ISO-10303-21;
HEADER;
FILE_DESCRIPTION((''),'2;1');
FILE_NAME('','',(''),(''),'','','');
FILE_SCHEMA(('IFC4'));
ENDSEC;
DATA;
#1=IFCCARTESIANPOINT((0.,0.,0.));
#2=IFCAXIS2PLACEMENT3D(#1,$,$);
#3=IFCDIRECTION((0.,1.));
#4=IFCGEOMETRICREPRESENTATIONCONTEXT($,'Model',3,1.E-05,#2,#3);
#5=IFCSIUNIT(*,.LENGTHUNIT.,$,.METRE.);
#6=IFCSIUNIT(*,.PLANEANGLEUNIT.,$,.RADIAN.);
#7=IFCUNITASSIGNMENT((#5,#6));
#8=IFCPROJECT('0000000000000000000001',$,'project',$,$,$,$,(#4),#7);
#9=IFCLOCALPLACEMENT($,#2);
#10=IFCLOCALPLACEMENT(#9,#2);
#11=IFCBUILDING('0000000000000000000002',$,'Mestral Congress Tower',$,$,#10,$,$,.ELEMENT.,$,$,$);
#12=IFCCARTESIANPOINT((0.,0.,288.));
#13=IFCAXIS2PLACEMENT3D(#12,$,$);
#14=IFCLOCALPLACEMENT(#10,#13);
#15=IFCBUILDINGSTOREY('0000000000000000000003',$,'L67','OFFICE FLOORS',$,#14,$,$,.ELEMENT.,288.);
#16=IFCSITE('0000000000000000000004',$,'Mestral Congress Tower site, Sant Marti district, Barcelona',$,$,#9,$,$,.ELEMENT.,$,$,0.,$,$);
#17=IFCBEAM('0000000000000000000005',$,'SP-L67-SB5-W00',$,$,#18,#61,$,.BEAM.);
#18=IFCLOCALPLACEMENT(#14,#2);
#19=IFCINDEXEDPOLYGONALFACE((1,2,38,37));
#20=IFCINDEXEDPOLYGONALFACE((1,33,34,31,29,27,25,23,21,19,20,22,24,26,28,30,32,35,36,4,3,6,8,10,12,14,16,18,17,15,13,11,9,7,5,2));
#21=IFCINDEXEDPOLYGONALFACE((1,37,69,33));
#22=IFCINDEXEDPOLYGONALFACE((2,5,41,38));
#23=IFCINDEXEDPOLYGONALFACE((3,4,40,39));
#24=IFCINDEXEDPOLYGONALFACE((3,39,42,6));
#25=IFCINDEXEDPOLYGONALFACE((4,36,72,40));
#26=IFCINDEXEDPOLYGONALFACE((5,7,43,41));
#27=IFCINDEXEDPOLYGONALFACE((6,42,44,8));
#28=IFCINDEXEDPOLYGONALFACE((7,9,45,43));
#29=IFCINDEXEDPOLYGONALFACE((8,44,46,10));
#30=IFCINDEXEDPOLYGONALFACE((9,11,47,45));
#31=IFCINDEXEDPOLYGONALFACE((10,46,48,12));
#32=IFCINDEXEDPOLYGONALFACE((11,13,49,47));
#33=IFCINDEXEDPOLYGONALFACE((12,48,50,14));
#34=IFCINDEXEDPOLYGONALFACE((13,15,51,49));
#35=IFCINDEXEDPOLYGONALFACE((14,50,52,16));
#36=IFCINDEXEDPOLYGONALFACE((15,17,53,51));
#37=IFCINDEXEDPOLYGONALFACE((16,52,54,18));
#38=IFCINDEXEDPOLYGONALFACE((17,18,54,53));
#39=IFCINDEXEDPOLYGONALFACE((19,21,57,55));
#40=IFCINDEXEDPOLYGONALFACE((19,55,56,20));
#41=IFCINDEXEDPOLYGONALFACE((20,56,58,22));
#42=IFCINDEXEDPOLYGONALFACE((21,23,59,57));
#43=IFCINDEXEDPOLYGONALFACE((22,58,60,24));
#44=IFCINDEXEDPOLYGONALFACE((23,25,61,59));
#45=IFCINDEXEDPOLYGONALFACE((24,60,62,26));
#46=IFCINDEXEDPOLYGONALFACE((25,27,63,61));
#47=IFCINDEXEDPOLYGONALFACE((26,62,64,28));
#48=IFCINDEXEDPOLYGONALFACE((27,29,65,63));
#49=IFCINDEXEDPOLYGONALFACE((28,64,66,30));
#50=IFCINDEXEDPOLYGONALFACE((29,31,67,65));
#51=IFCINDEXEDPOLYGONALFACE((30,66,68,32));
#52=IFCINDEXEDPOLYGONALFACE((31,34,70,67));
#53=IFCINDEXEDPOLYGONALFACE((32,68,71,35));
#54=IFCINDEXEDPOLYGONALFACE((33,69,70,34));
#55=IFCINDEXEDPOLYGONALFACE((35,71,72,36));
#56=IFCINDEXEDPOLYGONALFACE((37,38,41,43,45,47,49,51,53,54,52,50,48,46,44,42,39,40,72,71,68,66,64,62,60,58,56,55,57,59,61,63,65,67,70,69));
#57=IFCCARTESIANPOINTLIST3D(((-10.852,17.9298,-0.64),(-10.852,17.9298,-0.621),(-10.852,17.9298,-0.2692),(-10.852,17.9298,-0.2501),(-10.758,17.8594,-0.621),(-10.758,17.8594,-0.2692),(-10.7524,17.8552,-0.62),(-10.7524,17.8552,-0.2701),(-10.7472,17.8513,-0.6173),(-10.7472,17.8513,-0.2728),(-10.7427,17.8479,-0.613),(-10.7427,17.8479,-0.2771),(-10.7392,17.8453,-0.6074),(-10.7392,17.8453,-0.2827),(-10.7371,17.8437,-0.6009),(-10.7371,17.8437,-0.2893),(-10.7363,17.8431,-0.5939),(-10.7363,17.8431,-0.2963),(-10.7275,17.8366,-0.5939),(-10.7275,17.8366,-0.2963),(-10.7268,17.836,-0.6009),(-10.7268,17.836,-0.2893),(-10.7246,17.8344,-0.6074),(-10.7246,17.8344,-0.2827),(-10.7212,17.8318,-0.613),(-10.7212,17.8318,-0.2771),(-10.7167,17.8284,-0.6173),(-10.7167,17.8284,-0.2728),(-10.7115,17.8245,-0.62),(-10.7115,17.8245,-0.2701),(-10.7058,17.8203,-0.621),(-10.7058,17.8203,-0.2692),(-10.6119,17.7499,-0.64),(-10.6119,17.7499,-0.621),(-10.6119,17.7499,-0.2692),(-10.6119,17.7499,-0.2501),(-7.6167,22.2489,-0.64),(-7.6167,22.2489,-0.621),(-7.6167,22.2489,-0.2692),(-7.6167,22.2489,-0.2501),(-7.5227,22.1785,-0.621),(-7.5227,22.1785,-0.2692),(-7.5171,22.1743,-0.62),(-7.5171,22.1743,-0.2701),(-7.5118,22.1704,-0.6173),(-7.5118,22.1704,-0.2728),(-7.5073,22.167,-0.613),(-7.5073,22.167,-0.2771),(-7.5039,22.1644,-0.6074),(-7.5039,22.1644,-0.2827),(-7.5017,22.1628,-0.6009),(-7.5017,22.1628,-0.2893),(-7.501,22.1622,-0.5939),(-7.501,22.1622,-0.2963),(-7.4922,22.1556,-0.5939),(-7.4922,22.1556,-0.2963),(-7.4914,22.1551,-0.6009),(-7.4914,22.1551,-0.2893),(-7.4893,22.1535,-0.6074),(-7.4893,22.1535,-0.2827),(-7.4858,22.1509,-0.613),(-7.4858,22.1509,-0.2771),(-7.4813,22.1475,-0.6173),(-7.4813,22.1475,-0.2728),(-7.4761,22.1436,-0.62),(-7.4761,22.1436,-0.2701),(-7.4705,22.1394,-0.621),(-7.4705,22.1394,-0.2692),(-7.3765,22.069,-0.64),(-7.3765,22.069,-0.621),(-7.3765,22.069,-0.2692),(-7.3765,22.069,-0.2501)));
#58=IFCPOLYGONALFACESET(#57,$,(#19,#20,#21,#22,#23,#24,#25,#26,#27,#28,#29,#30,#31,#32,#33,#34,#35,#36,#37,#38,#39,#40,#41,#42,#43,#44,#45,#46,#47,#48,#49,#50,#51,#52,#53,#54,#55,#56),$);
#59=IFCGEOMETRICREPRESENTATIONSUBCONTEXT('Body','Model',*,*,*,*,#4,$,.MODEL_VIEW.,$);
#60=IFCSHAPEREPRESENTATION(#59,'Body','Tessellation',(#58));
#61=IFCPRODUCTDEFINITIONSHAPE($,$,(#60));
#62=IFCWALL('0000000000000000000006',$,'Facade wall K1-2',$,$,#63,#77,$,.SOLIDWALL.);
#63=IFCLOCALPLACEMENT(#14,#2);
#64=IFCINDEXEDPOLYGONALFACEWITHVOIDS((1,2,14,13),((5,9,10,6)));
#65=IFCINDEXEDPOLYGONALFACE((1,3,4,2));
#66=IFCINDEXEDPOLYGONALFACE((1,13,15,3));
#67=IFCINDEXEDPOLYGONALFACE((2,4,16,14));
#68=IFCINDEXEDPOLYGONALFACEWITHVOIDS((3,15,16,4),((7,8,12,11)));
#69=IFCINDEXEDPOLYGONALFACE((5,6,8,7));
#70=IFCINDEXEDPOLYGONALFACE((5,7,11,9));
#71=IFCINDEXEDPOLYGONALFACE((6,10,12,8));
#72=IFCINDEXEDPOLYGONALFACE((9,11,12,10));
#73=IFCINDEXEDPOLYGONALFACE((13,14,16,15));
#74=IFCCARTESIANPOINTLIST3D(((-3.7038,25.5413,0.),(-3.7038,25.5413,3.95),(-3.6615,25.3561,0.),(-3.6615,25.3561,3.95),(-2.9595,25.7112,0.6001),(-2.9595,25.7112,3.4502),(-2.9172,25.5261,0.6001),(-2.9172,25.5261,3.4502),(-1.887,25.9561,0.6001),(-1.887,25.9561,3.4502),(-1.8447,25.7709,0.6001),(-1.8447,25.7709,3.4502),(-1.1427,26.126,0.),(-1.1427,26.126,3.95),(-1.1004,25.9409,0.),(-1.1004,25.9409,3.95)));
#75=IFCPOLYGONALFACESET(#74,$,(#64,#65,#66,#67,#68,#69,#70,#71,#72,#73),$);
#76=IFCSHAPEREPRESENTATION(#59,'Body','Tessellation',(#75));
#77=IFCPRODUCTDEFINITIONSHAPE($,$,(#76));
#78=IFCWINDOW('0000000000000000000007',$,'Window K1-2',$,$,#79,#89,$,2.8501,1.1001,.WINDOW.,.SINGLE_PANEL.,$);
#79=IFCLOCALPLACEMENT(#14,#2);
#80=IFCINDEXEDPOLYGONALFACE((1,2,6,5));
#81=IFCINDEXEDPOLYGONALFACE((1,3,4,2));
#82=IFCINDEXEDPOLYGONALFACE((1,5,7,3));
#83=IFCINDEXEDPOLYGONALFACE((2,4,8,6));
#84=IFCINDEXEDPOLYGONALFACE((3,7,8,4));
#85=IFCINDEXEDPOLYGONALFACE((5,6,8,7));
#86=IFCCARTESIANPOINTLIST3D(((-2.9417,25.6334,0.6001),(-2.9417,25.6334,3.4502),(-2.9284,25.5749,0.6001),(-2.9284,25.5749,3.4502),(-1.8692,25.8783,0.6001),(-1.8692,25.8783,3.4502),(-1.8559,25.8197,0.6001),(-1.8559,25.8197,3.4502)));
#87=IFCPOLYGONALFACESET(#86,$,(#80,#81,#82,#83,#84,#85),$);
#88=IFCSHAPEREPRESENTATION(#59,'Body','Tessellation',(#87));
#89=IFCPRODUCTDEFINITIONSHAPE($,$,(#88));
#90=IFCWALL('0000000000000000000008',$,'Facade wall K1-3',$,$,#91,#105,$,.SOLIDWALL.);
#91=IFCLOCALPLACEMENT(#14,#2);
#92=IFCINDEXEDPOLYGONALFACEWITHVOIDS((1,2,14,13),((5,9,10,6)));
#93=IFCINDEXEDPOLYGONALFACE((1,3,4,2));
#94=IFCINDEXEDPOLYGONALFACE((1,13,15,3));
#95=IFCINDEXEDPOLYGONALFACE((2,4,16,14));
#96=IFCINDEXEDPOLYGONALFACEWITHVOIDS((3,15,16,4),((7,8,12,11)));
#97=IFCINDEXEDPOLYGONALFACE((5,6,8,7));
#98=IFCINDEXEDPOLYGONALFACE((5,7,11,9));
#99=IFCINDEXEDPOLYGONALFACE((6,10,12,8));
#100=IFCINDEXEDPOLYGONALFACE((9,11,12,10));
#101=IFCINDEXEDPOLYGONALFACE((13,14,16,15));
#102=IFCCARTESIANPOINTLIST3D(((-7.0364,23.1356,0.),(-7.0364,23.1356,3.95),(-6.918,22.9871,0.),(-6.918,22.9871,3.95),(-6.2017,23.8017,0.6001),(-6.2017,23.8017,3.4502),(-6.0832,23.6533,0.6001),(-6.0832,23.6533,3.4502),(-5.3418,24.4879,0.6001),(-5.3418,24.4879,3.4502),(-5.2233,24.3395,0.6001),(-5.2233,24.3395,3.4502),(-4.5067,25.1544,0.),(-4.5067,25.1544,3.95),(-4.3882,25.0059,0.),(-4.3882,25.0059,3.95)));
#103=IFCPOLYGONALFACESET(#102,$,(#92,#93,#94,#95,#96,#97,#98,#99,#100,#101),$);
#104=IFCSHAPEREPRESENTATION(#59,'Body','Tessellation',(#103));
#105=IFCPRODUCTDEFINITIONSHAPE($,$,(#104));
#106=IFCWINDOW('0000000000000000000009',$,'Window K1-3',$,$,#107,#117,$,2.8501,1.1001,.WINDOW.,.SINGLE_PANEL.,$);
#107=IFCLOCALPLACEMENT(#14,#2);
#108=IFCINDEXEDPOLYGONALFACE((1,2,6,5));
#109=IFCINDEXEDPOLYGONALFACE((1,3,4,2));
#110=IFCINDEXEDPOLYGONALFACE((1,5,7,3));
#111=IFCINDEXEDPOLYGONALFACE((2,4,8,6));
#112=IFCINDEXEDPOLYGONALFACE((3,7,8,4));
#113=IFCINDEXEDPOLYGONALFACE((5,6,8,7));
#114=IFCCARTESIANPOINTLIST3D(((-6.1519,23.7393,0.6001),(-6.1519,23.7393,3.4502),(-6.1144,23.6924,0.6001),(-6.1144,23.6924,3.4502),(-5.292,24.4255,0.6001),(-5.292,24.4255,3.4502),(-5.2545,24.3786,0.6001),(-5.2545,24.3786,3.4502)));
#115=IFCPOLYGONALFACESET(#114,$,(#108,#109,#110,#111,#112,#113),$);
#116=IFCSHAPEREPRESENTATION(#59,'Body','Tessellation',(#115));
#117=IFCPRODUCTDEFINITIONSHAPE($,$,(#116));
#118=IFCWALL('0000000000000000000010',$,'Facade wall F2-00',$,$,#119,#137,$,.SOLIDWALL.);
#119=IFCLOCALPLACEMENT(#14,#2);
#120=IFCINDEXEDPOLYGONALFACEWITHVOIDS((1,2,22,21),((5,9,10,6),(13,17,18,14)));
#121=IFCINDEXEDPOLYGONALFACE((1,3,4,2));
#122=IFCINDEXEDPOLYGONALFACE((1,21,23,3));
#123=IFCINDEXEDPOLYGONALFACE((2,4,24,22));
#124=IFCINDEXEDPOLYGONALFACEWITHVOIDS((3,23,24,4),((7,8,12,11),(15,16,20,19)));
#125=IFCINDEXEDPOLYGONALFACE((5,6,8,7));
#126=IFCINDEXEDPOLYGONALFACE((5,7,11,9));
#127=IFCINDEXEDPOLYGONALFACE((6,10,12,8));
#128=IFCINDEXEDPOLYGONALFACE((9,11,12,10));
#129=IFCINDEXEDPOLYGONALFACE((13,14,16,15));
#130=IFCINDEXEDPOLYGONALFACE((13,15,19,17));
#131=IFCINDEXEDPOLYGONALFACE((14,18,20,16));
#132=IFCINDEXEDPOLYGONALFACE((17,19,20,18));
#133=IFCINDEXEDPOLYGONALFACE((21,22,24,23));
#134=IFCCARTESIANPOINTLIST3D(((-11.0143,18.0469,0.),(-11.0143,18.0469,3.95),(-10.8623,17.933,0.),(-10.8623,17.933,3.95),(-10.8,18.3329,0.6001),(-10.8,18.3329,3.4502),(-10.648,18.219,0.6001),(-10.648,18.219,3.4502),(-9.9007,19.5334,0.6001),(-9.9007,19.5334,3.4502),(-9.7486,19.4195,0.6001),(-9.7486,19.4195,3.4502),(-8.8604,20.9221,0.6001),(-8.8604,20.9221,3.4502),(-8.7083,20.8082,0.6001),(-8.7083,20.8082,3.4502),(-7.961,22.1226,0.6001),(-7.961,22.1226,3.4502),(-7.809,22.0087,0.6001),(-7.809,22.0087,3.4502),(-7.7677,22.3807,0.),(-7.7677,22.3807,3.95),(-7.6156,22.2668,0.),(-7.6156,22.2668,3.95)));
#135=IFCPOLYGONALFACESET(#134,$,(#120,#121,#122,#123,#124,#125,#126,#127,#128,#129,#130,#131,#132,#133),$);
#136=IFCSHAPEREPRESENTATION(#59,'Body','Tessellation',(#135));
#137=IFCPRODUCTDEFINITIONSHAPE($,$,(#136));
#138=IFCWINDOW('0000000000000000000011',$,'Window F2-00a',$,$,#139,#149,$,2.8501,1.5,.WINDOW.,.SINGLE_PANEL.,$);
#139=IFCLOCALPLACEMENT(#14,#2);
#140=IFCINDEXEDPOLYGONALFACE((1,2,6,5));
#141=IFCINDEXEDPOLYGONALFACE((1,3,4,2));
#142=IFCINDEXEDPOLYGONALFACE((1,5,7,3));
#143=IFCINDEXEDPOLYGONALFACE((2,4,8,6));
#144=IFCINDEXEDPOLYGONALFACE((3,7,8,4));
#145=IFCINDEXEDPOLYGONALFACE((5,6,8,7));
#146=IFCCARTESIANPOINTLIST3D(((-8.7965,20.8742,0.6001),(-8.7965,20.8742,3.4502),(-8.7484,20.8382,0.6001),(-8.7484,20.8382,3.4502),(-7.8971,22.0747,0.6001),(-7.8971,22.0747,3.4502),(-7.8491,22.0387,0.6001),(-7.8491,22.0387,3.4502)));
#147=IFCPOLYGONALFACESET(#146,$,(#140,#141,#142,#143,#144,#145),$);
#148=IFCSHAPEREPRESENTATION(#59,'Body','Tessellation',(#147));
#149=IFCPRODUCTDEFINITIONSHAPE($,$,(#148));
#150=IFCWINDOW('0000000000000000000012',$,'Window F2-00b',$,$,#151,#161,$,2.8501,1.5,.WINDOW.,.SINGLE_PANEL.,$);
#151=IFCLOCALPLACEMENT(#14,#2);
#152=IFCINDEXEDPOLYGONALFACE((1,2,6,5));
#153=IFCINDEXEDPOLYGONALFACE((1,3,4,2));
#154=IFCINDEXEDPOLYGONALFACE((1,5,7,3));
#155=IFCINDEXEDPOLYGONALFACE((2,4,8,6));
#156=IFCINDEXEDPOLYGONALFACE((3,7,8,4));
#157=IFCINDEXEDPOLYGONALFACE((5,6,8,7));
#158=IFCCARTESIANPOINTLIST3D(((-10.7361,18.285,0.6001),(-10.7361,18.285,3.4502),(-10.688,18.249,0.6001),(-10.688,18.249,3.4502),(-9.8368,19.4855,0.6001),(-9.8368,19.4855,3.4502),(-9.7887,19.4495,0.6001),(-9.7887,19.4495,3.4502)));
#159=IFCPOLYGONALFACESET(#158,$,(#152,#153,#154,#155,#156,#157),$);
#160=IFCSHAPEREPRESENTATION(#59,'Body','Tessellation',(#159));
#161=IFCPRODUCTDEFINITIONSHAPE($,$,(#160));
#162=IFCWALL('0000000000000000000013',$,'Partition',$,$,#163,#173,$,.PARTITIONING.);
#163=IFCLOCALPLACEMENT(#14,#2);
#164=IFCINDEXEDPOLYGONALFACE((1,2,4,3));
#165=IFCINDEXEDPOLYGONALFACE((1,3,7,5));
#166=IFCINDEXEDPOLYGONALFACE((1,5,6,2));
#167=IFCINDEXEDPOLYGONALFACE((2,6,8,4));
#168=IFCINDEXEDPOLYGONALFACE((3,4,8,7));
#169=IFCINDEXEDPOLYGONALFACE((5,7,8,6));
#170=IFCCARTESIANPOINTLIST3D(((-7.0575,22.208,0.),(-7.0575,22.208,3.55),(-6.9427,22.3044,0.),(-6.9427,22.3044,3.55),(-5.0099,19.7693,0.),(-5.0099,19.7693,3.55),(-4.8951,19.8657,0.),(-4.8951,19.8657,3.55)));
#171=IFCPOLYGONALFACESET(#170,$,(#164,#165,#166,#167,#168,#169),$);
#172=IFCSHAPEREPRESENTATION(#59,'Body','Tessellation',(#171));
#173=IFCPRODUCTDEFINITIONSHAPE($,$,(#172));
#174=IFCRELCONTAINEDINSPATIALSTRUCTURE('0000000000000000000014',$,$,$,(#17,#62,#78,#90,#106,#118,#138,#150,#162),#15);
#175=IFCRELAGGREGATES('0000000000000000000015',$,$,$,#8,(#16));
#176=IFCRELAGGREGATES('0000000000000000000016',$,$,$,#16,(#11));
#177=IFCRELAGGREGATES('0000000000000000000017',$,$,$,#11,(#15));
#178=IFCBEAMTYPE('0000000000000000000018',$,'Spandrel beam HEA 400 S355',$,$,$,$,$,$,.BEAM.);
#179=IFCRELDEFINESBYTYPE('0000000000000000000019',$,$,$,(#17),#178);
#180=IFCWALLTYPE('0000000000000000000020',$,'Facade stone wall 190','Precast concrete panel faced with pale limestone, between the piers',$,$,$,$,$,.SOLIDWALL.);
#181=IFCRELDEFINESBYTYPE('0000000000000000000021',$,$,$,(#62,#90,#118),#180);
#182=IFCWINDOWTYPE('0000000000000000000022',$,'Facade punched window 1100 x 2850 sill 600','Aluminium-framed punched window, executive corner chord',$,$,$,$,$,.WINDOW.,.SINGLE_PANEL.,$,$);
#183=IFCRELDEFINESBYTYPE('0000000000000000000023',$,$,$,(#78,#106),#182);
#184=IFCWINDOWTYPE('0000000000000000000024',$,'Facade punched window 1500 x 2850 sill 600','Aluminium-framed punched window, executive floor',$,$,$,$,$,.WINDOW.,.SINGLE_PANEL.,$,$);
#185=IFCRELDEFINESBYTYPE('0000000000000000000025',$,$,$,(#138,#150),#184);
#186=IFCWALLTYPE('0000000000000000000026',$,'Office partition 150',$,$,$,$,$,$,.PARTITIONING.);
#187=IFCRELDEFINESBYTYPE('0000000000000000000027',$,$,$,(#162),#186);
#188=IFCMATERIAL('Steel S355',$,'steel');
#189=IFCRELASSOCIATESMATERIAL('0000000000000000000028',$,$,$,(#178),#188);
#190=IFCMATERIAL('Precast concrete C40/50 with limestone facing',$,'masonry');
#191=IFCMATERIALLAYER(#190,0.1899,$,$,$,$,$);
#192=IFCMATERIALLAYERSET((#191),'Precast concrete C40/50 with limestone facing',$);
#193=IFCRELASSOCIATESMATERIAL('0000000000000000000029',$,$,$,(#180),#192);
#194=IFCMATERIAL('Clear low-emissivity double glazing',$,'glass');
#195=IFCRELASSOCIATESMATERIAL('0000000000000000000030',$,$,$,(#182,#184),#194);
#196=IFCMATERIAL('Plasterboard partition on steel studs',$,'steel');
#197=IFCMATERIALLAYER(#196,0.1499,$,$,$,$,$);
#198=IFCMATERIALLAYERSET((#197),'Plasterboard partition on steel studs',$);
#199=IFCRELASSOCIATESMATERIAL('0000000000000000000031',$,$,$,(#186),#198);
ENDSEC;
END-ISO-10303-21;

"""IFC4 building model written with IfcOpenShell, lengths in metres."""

from ifc_helpers import new_model, si_unit, direction, frame, frame_2d, origin, origin_2d, place, context, subcontext, project, spatial, rectangle, i_section, extrude, material, layer, layer_set, material_profile, profile_set, type_object, element, fill, save


model = new_model("IFC4")

# Units and contexts
model_context = context("Model", 3, precision=1e-05, world=origin(), true_north=direction((0.0, 1.0)))
body_context = subcontext(model_context, "Body", "Model", "MODEL_VIEW")
ifc_project = project(units=[si_unit("LENGTHUNIT", "METRE"), si_unit("PLANEANGLEUNIT", "RADIAN")], contexts=[model_context])

# Site, building, storey
site_placement = place(None, origin())
site = spatial("IfcSite", under=ifc_project, at=site_placement, Name="Mestral Congress Tower site, Sant Marti district, Barcelona", CompositionType="ELEMENT", RefElevation=0.0)
building_placement = place(site_placement, origin())
building = spatial("IfcBuilding", under=site, at=building_placement, Name="Mestral Congress Tower", CompositionType="ELEMENT")
storey_placement = place(building_placement, frame((0.0, 0.0, 288.0)))
storey = spatial("IfcBuildingStorey", under=building, at=storey_placement, Name="L67", Description="OFFICE FLOORS", CompositionType="ELEMENT", Elevation=288.0)

# Beam
ifc_material_1 = material(Name="Steel S355", Category="steel")
ifc_material_profile_1 = material_profile(ifc_material_1, i_section(OverallWidth=0.3, OverallDepth=0.3899, WebThickness=0.011, FlangeThickness=0.019, FilletRadius=0.0271, at=origin_2d()), Name="HEA 400")
ifc_profile_set_1 = profile_set([ifc_material_profile_1], Name="Steel S355")
beam_type_1 = type_object("IfcBeamType", Name="Spandrel beam HEA 400 S355", PredefinedType="BEAM", material=ifc_profile_set_1)
beam_1_placement = place(storey_placement, frame((-7.4966, 22.1589, -0.4451), z_axis=(-0.599529, -0.800353, 0.0), x_axis=(0.800353, -0.599529, 0.0)))
element("IfcBeam", 1, at=beam_1_placement, inside=storey, type_object=beam_type_1, Name="SP-L67-SB5-W00", PredefinedType="BEAM", context=body_context, shape_type="SweptSolid", body=[
    extrude(i_section(OverallWidth=0.3, OverallDepth=0.3899, WebThickness=0.011, FlangeThickness=0.019, FilletRadius=0.0271, at=origin_2d()), origin(), (0.0, 0.0, 1.0), 5.3965),
])

# Walls, openings, windows
ifc_material_2 = material(Name="Precast concrete C40/50 with limestone facing", Category="masonry")
ifc_layer_1 = layer(ifc_material_2, 0.1899)
ifc_layer_set_1 = layer_set([ifc_layer_1], Name="Precast concrete C40/50 with limestone facing")
wall_type_1 = type_object("IfcWallType", Name="Facade stone wall 190", Description="Precast concrete panel faced with pale limestone, between the piers", PredefinedType="SOLIDWALL", material=ifc_layer_set_1)
wall_1_placement = place(storey_placement, frame((-1.1216, 26.0334, 0.0), z_axis=(0.0, 0.0, 1.0), x_axis=(-0.974913, -0.222585, 0.0)))
wall_1 = element("IfcWall", 2, at=wall_1_placement, inside=storey, type_object=wall_type_1, Name="Facade wall K1-2", PredefinedType="SOLIDWALL", context=body_context, shape_type="SweptSolid", body=[
    extrude(rectangle(XDim=2.627, YDim=0.1899, at=frame_2d((1.3135, 0.0))), origin(), (0.0, 0.0, 1.0), 3.95),
])
opening_1_placement = place(wall_1_placement, frame((0.7634, 0.0, 0.6001)))
opening_1 = element("IfcOpeningElement", 3, at=opening_1_placement, cuts=wall_1, PredefinedType="OPENING", context=body_context, shape_type="SweptSolid", body=[
    extrude(rectangle(XDim=1.1001, YDim=2.8501, at=frame_2d((0.55, 1.425))), frame((0.0, 0.105, 0.0), z_axis=(0.0, -1.0, 0.0), x_axis=(1.0, 0.0, 0.0)), (0.0, 0.0, 1.0), 0.21),
])
ifc_material_3 = material(Name="Clear low-emissivity double glazing", Category="glass")
window_type_1 = type_object("IfcWindowType", Name="Facade punched window 1100 x 2850 sill 600", Description="Aluminium-framed punched window, executive corner chord", PartitioningType="SINGLE_PANEL", PredefinedType="WINDOW", material=ifc_material_3)
window_1_placement = place(opening_1_placement, origin())
window_1 = element("IfcWindow", 4, at=window_1_placement, inside=storey, type_object=window_type_1, Name="Window K1-2", OverallHeight=2.8501, OverallWidth=1.1001, PartitioningType="SINGLE_PANEL", PredefinedType="WINDOW", context=body_context, shape_type="SweptSolid", body=[
    extrude(rectangle(XDim=1.1001, YDim=2.8501, at=frame_2d((0.55, 1.425))), frame((0.0, 0.0449, 0.0), z_axis=(0.0, -1.0, 0.0), x_axis=(1.0, 0.0, 0.0)), (0.0, 0.0, 1.0), 0.0601),
])
fill(opening_1, window_1)
wall_2_placement = place(storey_placement, frame((-4.4475, 25.0801, 0.0), z_axis=(0.0, 0.0, 1.0), x_axis=(-0.781626, -0.623747, 0.0)))
wall_2 = element("IfcWall", 5, at=wall_2_placement, inside=storey, type_object=wall_type_1, Name="Facade wall K1-3", PredefinedType="SOLIDWALL", context=body_context, shape_type="SweptSolid", body=[
    extrude(rectangle(XDim=3.2366, YDim=0.1899, at=frame_2d((1.6182, 0.0))), origin(), (0.0, 0.0, 1.0), 3.95),
])
opening_2_placement = place(wall_2_placement, frame((1.0684, 0.0, 0.6001)))
opening_2 = element("IfcOpeningElement", 6, at=opening_2_placement, cuts=wall_2, PredefinedType="OPENING", context=body_context, shape_type="SweptSolid", body=[
    extrude(rectangle(XDim=1.1001, YDim=2.8501, at=frame_2d((0.55, 1.425))), frame((0.0, 0.105, 0.0), z_axis=(0.0, -1.0, 0.0), x_axis=(1.0, 0.0, 0.0)), (0.0, 0.0, 1.0), 0.21),
])
window_2_placement = place(opening_2_placement, origin())
window_2 = element("IfcWindow", 7, at=window_2_placement, inside=storey, type_object=window_type_1, Name="Window K1-3", OverallHeight=2.8501, OverallWidth=1.1001, PartitioningType="SINGLE_PANEL", PredefinedType="WINDOW", context=body_context, shape_type="SweptSolid", body=[
    extrude(rectangle(XDim=1.1001, YDim=2.8501, at=frame_2d((0.55, 1.425))), frame((0.0, 0.0449, 0.0), z_axis=(0.0, -1.0, 0.0), x_axis=(1.0, 0.0, 0.0)), (0.0, 0.0, 1.0), 0.0601),
])
fill(opening_2, window_2)

# Wall, openings, windows
wall_3_placement = place(storey_placement, frame((-7.6917, 22.3237, 0.0), z_axis=(0.0, 0.0, 1.0), x_axis=(-0.59956, -0.80033, 0.0)))
wall_3 = element("IfcWall", 8, at=wall_3_placement, inside=storey, type_object=wall_type_1, Name="Facade wall F2-00", PredefinedType="SOLIDWALL", context=body_context, shape_type="SweptSolid", body=[
    extrude(rectangle(XDim=5.415, YDim=0.1899, at=frame_2d((2.7075, 0.0))), origin(), (0.0, 0.0, 1.0), 3.95),
])
opening_3_placement = place(wall_3_placement, frame((0.3225, 0.0, 0.6001)))
opening_3 = element("IfcOpeningElement", 9, at=opening_3_placement, cuts=wall_3, PredefinedType="OPENING", context=body_context, shape_type="SweptSolid", body=[
    extrude(rectangle(XDim=1.5, YDim=2.8501, at=frame_2d((0.75, 1.425))), frame((0.0, 0.105, 0.0), z_axis=(0.0, -1.0, 0.0), x_axis=(1.0, 0.0, 0.0)), (0.0, 0.0, 1.0), 0.21),
])
opening_4_placement = place(wall_3_placement, frame((3.5576, 0.0, 0.6001)))
opening_4 = element("IfcOpeningElement", 10, at=opening_4_placement, cuts=wall_3, PredefinedType="OPENING", context=body_context, shape_type="SweptSolid", body=[
    extrude(rectangle(XDim=1.5, YDim=2.8501, at=frame_2d((0.75, 1.425))), frame((0.0, 0.105, 0.0), z_axis=(0.0, -1.0, 0.0), x_axis=(1.0, 0.0, 0.0)), (0.0, 0.0, 1.0), 0.21),
])
window_type_2 = type_object("IfcWindowType", Name="Facade punched window 1500 x 2850 sill 600", Description="Aluminium-framed punched window, executive floor", PartitioningType="SINGLE_PANEL", PredefinedType="WINDOW", material=ifc_material_3)
window_3_placement = place(opening_3_placement, origin())
window_3 = element("IfcWindow", 11, at=window_3_placement, inside=storey, type_object=window_type_2, Name="Window F2-00a", OverallHeight=2.8501, OverallWidth=1.5, PartitioningType="SINGLE_PANEL", PredefinedType="WINDOW", context=body_context, shape_type="SweptSolid", body=[
    extrude(rectangle(XDim=1.5, YDim=2.8501, at=frame_2d((0.75, 1.425))), frame((0.0, 0.0449, 0.0), z_axis=(0.0, -1.0, 0.0), x_axis=(1.0, 0.0, 0.0)), (0.0, 0.0, 1.0), 0.0601),
])
fill(opening_3, window_3)
window_4_placement = place(opening_4_placement, origin())
window_4 = element("IfcWindow", 12, at=window_4_placement, inside=storey, type_object=window_type_2, Name="Window F2-00b", OverallHeight=2.8501, OverallWidth=1.5, PartitioningType="SINGLE_PANEL", PredefinedType="WINDOW", context=body_context, shape_type="SweptSolid", body=[
    extrude(rectangle(XDim=1.5, YDim=2.8501, at=frame_2d((0.75, 1.425))), frame((0.0, 0.0449, 0.0), z_axis=(0.0, -1.0, 0.0), x_axis=(1.0, 0.0, 0.0)), (0.0, 0.0, 1.0), 0.0601),
])
fill(opening_4, window_4)

# Wall
ifc_material_4 = material(Name="Plasterboard partition on steel studs", Category="steel")
ifc_layer_2 = layer(ifc_material_4, 0.1499)
ifc_layer_set_2 = layer_set([ifc_layer_2], Name="Plasterboard partition on steel studs")
wall_type_2 = type_object("IfcWallType", Name="Office partition 150", PredefinedType="PARTITIONING", material=ifc_layer_set_2)
wall_4_placement = place(storey_placement, frame((-4.9524, 19.8174, 0.0), z_axis=(0.0, 0.0, 1.0), x_axis=(-0.643023, 0.765847, 0.0)))
element("IfcWall", 13, at=wall_4_placement, inside=storey, type_object=wall_type_2, Name="Partition", PredefinedType="PARTITIONING", context=body_context, shape_type="SweptSolid", body=[
    extrude(rectangle(XDim=3.1843, YDim=0.1499, at=frame_2d((1.5923, 0.0))), origin(), (0.0, 0.0, 1.0), 3.55),
])

save(model, "model.ifc")
